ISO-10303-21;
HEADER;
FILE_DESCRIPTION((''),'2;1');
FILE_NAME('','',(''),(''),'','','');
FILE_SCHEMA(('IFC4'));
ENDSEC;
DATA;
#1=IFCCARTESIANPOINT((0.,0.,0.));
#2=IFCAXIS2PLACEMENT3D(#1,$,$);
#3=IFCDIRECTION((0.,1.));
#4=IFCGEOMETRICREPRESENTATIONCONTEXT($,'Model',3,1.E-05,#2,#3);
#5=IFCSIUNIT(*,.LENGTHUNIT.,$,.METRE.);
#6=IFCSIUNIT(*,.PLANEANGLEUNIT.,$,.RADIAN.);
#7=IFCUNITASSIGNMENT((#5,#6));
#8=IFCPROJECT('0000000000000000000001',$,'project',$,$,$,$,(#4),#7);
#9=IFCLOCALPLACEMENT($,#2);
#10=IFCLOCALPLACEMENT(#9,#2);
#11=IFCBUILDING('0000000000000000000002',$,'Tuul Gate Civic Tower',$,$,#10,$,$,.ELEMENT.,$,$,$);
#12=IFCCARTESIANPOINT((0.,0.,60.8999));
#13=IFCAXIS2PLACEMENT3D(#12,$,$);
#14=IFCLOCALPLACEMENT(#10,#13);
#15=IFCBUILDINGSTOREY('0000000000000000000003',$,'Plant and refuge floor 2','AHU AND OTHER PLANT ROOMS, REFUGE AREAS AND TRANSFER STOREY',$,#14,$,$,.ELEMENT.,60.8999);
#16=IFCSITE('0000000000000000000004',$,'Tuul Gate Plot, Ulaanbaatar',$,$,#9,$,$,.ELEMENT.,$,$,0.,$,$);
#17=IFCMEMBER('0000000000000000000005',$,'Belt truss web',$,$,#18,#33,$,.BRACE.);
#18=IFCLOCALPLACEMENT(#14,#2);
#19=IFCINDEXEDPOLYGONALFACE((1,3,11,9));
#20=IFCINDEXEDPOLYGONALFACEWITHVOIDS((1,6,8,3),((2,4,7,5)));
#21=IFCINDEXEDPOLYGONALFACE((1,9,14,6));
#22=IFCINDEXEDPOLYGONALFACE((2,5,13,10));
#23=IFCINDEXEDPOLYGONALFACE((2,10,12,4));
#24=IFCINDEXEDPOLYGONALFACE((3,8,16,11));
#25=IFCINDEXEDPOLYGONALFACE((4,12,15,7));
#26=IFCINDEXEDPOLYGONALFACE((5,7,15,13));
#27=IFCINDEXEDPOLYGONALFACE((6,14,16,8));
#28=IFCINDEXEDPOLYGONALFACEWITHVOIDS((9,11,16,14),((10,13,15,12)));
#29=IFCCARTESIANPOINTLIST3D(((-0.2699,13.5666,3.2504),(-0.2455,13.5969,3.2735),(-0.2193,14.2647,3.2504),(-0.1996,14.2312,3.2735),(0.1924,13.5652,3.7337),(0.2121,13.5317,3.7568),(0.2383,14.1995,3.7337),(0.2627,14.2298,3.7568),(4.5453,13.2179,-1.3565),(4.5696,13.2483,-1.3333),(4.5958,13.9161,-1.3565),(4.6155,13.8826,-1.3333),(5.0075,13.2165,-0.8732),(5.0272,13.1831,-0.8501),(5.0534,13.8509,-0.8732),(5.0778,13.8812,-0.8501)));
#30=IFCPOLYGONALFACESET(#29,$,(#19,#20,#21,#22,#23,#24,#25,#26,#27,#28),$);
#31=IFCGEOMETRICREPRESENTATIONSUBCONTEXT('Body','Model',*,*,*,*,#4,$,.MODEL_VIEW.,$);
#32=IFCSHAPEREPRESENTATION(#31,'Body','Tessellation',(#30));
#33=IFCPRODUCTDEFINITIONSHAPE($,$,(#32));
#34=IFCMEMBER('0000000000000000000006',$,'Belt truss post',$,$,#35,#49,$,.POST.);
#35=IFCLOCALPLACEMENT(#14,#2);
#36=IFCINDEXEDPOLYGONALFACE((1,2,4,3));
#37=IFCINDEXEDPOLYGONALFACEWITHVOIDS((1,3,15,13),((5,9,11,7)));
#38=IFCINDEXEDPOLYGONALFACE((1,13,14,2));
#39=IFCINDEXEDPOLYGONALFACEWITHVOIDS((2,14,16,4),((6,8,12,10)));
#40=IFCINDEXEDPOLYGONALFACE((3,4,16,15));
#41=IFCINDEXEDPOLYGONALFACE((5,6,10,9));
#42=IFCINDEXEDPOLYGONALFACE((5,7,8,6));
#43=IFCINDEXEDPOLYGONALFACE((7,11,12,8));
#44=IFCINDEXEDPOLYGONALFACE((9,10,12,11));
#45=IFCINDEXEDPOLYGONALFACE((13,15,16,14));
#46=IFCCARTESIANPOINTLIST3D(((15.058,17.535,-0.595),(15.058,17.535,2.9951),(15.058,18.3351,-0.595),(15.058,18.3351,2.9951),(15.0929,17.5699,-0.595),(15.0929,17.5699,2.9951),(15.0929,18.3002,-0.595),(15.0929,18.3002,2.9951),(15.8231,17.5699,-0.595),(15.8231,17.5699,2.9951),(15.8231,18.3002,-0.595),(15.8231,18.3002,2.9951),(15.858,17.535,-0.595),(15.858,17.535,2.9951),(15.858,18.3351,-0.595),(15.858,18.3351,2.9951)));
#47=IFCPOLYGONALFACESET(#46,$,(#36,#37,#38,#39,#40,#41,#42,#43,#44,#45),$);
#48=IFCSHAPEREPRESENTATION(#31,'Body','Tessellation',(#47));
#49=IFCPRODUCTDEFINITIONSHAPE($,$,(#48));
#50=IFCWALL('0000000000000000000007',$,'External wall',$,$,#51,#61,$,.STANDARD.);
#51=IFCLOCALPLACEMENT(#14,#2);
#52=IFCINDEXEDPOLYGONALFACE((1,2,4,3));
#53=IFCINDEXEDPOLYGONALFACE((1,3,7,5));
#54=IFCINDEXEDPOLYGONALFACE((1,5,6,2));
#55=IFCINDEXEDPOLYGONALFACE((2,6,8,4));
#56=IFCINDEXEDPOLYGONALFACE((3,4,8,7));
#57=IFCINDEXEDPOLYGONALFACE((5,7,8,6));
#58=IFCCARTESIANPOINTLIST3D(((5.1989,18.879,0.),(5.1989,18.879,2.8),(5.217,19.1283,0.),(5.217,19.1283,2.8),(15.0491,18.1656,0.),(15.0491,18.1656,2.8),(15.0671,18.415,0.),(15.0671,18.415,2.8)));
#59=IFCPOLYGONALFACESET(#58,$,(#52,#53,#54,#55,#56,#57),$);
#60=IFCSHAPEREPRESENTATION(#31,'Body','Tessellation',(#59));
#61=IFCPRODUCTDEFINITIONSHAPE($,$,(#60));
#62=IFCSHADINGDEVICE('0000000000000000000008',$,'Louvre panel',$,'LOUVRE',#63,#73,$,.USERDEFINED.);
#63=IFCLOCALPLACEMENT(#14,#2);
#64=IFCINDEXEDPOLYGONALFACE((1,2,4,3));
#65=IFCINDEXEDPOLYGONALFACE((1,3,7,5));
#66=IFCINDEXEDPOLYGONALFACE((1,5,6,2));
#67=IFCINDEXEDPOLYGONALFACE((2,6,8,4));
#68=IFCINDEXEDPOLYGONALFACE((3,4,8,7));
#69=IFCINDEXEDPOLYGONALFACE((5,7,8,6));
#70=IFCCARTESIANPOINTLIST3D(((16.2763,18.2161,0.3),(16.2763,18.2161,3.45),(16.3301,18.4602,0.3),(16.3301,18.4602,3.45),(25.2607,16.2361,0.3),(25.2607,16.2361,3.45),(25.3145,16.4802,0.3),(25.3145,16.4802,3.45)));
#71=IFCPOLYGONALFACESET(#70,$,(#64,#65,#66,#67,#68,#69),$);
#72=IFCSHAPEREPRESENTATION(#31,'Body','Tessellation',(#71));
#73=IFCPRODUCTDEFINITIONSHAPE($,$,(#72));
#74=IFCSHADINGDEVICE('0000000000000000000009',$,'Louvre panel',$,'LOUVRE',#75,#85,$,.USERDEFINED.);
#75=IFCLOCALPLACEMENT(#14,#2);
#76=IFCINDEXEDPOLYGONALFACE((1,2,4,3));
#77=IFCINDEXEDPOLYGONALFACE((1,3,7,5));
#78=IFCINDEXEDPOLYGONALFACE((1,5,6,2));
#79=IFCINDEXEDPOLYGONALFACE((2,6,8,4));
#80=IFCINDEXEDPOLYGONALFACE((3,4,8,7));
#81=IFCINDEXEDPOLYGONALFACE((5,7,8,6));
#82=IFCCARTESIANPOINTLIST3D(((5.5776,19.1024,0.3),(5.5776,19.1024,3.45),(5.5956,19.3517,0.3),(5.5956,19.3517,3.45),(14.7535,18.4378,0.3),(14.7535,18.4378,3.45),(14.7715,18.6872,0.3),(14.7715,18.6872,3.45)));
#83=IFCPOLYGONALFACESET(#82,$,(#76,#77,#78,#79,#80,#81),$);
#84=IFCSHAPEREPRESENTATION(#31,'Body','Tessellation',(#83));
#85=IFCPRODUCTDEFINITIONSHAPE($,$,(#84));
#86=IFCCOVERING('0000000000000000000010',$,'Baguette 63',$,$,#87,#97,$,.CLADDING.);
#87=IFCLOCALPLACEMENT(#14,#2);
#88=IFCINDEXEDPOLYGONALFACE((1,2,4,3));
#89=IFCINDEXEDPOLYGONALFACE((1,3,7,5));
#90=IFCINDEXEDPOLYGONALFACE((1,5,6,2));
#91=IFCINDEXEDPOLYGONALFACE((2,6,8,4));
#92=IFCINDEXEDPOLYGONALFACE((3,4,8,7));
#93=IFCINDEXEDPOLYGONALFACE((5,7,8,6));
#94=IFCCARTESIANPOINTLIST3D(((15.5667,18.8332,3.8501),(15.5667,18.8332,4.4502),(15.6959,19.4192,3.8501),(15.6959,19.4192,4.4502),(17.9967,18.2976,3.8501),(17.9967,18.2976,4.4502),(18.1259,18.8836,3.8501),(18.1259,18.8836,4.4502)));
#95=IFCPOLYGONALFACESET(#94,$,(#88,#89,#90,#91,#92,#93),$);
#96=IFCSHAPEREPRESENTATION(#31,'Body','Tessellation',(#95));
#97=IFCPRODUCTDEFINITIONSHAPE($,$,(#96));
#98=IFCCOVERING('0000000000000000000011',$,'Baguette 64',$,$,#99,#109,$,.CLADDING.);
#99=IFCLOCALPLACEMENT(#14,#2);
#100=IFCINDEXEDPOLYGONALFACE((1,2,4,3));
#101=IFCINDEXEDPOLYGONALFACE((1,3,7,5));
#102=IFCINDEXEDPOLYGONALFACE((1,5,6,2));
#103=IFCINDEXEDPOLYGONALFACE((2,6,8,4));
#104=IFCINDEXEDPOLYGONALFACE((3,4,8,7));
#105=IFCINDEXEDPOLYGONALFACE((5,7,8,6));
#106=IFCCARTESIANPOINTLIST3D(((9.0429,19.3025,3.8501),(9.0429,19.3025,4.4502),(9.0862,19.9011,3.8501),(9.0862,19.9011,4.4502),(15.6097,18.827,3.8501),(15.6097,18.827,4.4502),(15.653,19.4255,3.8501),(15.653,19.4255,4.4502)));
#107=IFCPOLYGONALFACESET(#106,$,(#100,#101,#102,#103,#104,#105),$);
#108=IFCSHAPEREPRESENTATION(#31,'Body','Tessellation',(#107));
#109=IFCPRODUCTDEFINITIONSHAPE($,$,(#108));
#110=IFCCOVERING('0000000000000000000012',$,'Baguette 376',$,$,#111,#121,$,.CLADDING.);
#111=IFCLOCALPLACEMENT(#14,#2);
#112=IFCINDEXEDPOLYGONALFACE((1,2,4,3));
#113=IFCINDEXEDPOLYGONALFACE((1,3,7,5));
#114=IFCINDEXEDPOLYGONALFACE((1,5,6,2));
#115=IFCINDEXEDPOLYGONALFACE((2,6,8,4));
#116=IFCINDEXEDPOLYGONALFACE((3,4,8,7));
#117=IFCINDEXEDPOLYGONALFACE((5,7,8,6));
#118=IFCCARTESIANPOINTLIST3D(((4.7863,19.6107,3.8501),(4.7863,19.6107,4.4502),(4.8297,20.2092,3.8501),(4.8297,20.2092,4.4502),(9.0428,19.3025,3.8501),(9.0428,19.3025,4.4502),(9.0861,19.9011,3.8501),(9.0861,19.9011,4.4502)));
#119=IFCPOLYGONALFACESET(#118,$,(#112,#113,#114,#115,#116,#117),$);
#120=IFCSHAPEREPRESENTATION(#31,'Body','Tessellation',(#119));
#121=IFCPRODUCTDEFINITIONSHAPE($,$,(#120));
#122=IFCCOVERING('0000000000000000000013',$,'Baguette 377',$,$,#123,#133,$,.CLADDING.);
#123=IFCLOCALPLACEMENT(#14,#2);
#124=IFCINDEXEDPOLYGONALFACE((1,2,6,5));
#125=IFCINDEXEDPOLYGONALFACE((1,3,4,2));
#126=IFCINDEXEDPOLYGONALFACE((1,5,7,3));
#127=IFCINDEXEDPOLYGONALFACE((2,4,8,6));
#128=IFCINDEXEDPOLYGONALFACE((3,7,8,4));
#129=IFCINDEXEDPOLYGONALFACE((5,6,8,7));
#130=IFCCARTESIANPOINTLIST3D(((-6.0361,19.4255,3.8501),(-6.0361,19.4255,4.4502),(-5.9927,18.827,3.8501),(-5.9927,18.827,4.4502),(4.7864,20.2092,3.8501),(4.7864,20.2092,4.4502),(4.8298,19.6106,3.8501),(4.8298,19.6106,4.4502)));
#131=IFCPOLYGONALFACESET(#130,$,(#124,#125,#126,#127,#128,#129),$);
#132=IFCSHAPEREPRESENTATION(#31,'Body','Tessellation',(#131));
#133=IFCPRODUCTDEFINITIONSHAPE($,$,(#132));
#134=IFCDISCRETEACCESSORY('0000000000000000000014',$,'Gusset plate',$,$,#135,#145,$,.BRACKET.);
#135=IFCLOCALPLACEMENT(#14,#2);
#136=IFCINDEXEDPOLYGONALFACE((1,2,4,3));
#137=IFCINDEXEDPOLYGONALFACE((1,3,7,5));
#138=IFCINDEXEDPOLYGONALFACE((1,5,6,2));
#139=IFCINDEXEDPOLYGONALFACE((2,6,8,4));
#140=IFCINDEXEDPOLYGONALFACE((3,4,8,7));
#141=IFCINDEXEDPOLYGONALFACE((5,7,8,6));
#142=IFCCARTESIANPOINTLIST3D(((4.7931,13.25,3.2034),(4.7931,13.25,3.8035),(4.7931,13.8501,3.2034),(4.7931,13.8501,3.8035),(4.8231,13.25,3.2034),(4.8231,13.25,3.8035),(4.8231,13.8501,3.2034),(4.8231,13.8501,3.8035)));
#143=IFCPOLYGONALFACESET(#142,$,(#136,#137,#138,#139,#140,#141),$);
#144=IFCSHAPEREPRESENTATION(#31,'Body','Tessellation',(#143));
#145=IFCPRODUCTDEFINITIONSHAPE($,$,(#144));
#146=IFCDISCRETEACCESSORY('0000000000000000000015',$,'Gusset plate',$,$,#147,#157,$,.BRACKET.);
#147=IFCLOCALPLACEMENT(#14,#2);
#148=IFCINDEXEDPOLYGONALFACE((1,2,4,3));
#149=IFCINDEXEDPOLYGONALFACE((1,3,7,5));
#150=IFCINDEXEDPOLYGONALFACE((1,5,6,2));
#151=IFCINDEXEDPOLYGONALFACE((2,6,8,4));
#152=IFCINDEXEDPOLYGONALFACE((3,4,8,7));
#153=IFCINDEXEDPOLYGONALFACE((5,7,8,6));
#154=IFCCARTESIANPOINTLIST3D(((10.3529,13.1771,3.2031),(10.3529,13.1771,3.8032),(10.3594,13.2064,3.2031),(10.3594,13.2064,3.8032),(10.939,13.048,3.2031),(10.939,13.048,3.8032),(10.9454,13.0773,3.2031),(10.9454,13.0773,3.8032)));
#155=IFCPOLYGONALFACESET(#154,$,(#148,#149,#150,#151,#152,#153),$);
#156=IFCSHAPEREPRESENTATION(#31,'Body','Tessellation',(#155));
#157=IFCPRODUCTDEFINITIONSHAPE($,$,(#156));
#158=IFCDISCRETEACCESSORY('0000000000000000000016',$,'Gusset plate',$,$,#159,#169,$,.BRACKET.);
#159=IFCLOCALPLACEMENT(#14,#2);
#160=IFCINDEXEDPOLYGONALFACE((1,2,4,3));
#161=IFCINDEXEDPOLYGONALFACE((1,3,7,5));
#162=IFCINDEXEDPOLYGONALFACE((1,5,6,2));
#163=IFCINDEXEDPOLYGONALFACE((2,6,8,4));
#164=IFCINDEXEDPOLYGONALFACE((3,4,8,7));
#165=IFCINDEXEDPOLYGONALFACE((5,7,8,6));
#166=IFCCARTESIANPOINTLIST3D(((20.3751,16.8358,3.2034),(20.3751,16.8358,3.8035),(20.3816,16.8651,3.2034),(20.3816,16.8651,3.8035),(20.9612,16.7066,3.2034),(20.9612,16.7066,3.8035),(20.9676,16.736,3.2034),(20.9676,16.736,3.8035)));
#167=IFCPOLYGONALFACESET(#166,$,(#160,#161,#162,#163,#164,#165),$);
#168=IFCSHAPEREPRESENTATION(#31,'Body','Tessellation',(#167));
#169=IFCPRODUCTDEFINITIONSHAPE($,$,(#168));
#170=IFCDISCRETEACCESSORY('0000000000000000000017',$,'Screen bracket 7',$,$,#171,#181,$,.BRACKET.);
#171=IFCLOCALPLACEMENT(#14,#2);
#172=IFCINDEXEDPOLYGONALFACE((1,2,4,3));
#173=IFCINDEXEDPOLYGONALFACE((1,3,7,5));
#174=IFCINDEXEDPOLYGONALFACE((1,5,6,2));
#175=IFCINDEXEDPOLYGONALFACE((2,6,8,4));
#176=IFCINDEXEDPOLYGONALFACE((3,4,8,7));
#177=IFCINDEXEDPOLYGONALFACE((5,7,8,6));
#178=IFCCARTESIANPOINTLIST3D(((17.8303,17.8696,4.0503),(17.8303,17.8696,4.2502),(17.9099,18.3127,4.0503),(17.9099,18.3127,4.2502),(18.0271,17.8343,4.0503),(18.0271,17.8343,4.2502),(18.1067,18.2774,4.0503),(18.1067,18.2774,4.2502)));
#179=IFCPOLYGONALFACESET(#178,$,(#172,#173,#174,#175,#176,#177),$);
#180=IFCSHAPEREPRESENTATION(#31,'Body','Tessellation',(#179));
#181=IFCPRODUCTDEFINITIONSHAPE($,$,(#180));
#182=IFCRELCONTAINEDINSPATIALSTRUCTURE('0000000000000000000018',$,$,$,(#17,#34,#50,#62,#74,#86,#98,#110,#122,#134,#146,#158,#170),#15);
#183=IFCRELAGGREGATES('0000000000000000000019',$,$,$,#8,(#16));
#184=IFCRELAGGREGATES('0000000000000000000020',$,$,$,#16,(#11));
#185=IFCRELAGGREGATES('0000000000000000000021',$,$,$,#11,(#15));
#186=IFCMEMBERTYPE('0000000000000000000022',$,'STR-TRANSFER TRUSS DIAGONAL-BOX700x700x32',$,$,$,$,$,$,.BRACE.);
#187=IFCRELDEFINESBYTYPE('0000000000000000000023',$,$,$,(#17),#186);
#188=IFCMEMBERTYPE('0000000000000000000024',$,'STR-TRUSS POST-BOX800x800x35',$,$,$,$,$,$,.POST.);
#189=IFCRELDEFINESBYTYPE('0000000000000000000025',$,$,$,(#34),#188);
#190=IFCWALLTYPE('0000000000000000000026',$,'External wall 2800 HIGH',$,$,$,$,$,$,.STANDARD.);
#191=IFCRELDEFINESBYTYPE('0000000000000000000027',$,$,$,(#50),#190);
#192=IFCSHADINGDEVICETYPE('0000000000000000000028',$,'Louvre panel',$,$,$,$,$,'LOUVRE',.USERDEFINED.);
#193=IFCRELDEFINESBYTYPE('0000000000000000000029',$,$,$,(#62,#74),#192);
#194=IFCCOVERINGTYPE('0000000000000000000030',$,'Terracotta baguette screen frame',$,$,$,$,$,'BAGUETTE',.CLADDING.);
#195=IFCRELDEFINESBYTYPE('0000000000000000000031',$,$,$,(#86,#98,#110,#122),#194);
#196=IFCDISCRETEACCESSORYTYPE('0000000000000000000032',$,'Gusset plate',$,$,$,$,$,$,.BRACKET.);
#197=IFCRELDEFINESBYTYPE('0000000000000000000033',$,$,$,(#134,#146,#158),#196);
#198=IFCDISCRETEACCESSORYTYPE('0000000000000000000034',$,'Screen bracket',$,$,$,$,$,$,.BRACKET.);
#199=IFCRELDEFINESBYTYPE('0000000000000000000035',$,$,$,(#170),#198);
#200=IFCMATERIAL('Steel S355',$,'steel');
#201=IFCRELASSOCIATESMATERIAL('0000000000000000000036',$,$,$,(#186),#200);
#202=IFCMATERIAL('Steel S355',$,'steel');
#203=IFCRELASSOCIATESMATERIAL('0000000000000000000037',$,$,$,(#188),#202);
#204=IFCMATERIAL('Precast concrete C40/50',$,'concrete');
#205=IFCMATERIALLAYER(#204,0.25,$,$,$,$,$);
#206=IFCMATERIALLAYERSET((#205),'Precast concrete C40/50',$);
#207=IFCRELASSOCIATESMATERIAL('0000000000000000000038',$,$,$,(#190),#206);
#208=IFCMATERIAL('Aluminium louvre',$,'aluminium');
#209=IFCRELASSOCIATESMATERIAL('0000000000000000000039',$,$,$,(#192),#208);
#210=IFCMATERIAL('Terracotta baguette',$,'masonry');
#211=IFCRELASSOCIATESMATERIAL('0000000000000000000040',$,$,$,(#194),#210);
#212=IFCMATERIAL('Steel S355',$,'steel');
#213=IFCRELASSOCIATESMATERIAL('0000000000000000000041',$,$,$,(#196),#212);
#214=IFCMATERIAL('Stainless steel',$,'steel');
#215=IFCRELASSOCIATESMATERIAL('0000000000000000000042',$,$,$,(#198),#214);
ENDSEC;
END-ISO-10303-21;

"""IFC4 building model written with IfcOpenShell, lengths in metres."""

from ifc_helpers import new_model, si_unit, direction, frame, frame_2d, origin, origin_2d, place, context, subcontext, project, spatial, rectangle, hollow_rectangle, extrude, material, layer, layer_set, material_profile, profile_set, type_object, element, save


model = new_model("IFC4")

# Units and contexts
model_context = context("Model", 3, precision=1e-05, world=origin(), true_north=direction((0.0, 1.0)))
body_context = subcontext(model_context, "Body", "Model", "MODEL_VIEW")
ifc_project = project(units=[si_unit("LENGTHUNIT", "METRE"), si_unit("PLANEANGLEUNIT", "RADIAN")], contexts=[model_context])

# Site, building, storey
site_placement = place(None, origin())
site = spatial("IfcSite", under=ifc_project, at=site_placement, Name="Tuul Gate Plot, Ulaanbaatar", CompositionType="ELEMENT", RefElevation=0.0)
building_placement = place(site_placement, origin())
building = spatial("IfcBuilding", under=site, at=building_placement, Name="Tuul Gate Civic Tower", CompositionType="ELEMENT")
storey_placement = place(building_placement, frame((0.0, 0.0, 60.8999)))
storey = spatial("IfcBuildingStorey", under=building, at=storey_placement, Name="Plant and refuge floor 2", Description="AHU AND OTHER PLANT ROOMS, REFUGE AREAS AND TRANSFER STOREY", CompositionType="ELEMENT", Elevation=60.8999)

# Members
ifc_material_1 = material(Name="Steel S355", Category="steel")
ifc_material_profile_1 = material_profile(ifc_material_1, hollow_rectangle(XDim=0.7, YDim=0.7, WallThickness=0.032, at=origin_2d()), Name="BOX700x700x32")
ifc_profile_set_1 = profile_set([ifc_material_profile_1], Name="Steel S355")
member_type_1 = type_object("IfcMemberType", Name="STR-TRANSFER TRUSS DIAGONAL-BOX700x700x32", PredefinedType="BRACE", material=ifc_profile_set_1)
member_1_placement = place(storey_placement, frame((4.8115, 13.5496, -1.1033), z_axis=(-0.721572, 0.052244, 0.690365), x_axis=(-0.072214, -0.997389, 0.0)))
element("IfcMember", 1, at=member_1_placement, inside=storey, type_object=member_type_1, Name="Belt truss web", PredefinedType="BRACE", context=body_context, shape_type="SweptSolid", body=[
    extrude(hollow_rectangle(XDim=0.7, YDim=0.7, WallThickness=0.032, at=origin_2d()), origin(), (0.0, 0.0, 1.0), 6.6731),
])
ifc_material_2 = material(Name="Steel S355", Category="steel")
ifc_material_profile_2 = material_profile(ifc_material_2, hollow_rectangle(XDim=0.8, YDim=0.8, WallThickness=0.0349, at=origin_2d()), Name="BOX800x800x35")
ifc_profile_set_2 = profile_set([ifc_material_profile_2], Name="Steel S355")
member_type_2 = type_object("IfcMemberType", Name="STR-TRUSS POST-BOX800x800x35", PredefinedType="POST", material=ifc_profile_set_2)
member_2_placement = place(storey_placement, frame((15.458, 17.9351, -0.595), z_axis=(0.0, 0.0, 1.0), x_axis=(1.0, 0.0, 0.0)))
element("IfcMember", 2, at=member_2_placement, inside=storey, type_object=member_type_2, Name="Belt truss post", PredefinedType="POST", context=body_context, shape_type="SweptSolid", body=[
    extrude(hollow_rectangle(XDim=0.8, YDim=0.8, WallThickness=0.0349, at=origin_2d()), origin(), (0.0, 0.0, 1.0), 3.5901),
])

# Wall
ifc_material_3 = material(Name="Precast concrete C40/50", Category="concrete")
ifc_layer = layer(ifc_material_3, 0.25)
ifc_layer_set = layer_set([ifc_layer], Name="Precast concrete C40/50")
wall_type = type_object("IfcWallType", Name="External wall 2800 HIGH", PredefinedType="STANDARD", material=ifc_layer_set)
wall_placement = place(storey_placement, frame((15.0581, 18.2903, 0.0), z_axis=(0.0, 0.0, 1.0), x_axis=(-0.997388, 0.072234, 0.0)))
element("IfcWall", 3, at=wall_placement, inside=storey, type_object=wall_type, Name="External wall", PredefinedType="STANDARD", context=body_context, shape_type="SweptSolid", body=[
    extrude(rectangle(XDim=9.876, YDim=0.25, at=frame_2d((4.938, 0.0))), origin(), (0.0, 0.0, 1.0), 2.8),
])

# Shading devices
ifc_material_4 = material(Name="Aluminium louvre", Category="aluminium")
shading_device_type = type_object("IfcShadingDeviceType", Name="Louvre panel", ElementType="LOUVRE", PredefinedType="USERDEFINED", material=ifc_material_4)
for number, where, z_axis, x_axis, name in (
    (4, (20.7954, 17.3481, 0.3), (0.0, 0.0, 1.0), (0.215215, 0.976567, 0.0), "Louvre panel"),
    (5, (10.1746, 18.8948, 0.3), (0.0, 0.0, 1.0), (0.072233, 0.997388, 0.0), "Louvre panel"),
):
    element("IfcShadingDevice", number, at=place(storey_placement, frame(where, z_axis=z_axis, x_axis=x_axis)), inside=storey, type_object=shading_device_type, Name=name, ObjectType="LOUVRE", PredefinedType="USERDEFINED", context=body_context, shape_type="SweptSolid", body=[
        extrude(rectangle(XDim=0.25, YDim=9.2, at=origin_2d()), origin(), (0.0, 0.0, 1.0), 3.1499),
    ])

# Coverings
ifc_material_5 = material(Name="Terracotta baguette", Category="masonry")
ifc_material_profile_3 = material_profile(ifc_material_5, rectangle(XDim=0.6001, YDim=0.6001, at=origin_2d()), Name="Terracotta baguette screen frame")
ifc_profile_set_3 = profile_set([ifc_material_profile_3], Name="Terracotta baguette")
covering_type = type_object("IfcCoveringType", Name="Terracotta baguette screen frame", ElementType="BAGUETTE", PredefinedType="CLADDING", material=ifc_profile_set_3)
covering_1_placement = place(storey_placement, frame((18.0613, 18.5906, 4.1501), z_axis=(-0.976555, 0.215268, 0.0), x_axis=(-0.215268, -0.976555, 0.0)))
element("IfcCovering", 6, at=covering_1_placement, inside=storey, type_object=covering_type, Name="Baguette 63", PredefinedType="CLADDING", context=body_context, shape_type="SweptSolid", body=[
    extrude(rectangle(XDim=0.6001, YDim=0.6001, at=origin_2d()), origin(), (0.0, 0.0, 1.0), 2.4883),
])
covering_2_placement = place(storey_placement, frame((15.6313, 19.1262, 4.1501), z_axis=(-0.997388, 0.072233, 0.0), x_axis=(-0.072233, -0.997388, 0.0)))
element("IfcCovering", 7, at=covering_2_placement, inside=storey, type_object=covering_type, Name="Baguette 64", PredefinedType="CLADDING", context=body_context, shape_type="SweptSolid", body=[
    extrude(rectangle(XDim=0.6001, YDim=0.6001, at=origin_2d()), origin(), (0.0, 0.0, 1.0), 6.584),
])
covering_3_placement = place(storey_placement, frame((9.0645, 19.6018, 4.1501), z_axis=(-0.99739, 0.072198, 0.0), x_axis=(-0.072198, -0.99739, 0.0)))
element("IfcCovering", 8, at=covering_3_placement, inside=storey, type_object=covering_type, Name="Baguette 376", PredefinedType="CLADDING", context=body_context, shape_type="SweptSolid", body=[
    extrude(rectangle(XDim=0.6001, YDim=0.6001, at=origin_2d()), origin(), (0.0, 0.0, 1.0), 4.2676),
])
covering_4_placement = place(storey_placement, frame((4.8081, 19.9099, 4.1501), z_axis=(-0.997388, -0.072224, 0.0), x_axis=(0.072224, -0.997388, 0.0)))
element("IfcCovering", 9, at=covering_4_placement, inside=storey, type_object=covering_type, Name="Baguette 377", PredefinedType="CLADDING", context=body_context, shape_type="SweptSolid", body=[
    extrude(rectangle(XDim=0.6001, YDim=0.6001, at=origin_2d()), origin(), (0.0, 0.0, 1.0), 10.8508),
])

# Discrete accessories
ifc_material_6 = material(Name="Steel S355", Category="steel")
discrete_accessory_type_1 = type_object("IfcDiscreteAccessoryType", Name="Gusset plate", PredefinedType="BRACKET", material=ifc_material_6)
for number, where, z_axis, x_axis, name in (
    (10, (4.8081, 13.55, 3.2034), (0.0, 0.0, 1.0), (0.0, 1.0, 0.0), "Gusset plate"),
    (11, (10.6492, 13.1272, 3.2031), (0.0, 0.0, 1.0), (0.976569, -0.215205, 0.0), "Gusset plate"),
    (12, (20.6714, 16.7859, 3.2034), (0.0, 0.0, 1.0), (0.976565, -0.215224, 0.0), "Gusset plate"),
):
    element("IfcDiscreteAccessory", number, at=place(storey_placement, frame(where, z_axis=z_axis, x_axis=x_axis)), inside=storey, type_object=discrete_accessory_type_1, Name=name, PredefinedType="BRACKET", context=body_context, shape_type="SweptSolid", body=[
        extrude(rectangle(XDim=0.6001, YDim=0.03, at=origin_2d()), origin(), (0.0, 0.0, 1.0), 0.6001),
    ])
ifc_material_7 = material(Name="Stainless steel", Category="steel")
discrete_accessory_type_2 = type_object("IfcDiscreteAccessoryType", Name="Screen bracket", PredefinedType="BRACKET", material=ifc_material_7)
discrete_accessory_placement = place(storey_placement, frame((17.9685, 18.0735, 4.0503), z_axis=(0.0, 0.0, 1.0), x_axis=(0.176788, 0.984249, 0.0)))
element("IfcDiscreteAccessory", 13, at=discrete_accessory_placement, inside=storey, type_object=discrete_accessory_type_2, Name="Screen bracket 7", PredefinedType="BRACKET", context=body_context, shape_type="SweptSolid", body=[
    extrude(rectangle(XDim=0.4502, YDim=0.2, at=origin_2d()), origin(), (0.0, 0.0, 1.0), 0.2),
])

save(model, "model.ifc")
